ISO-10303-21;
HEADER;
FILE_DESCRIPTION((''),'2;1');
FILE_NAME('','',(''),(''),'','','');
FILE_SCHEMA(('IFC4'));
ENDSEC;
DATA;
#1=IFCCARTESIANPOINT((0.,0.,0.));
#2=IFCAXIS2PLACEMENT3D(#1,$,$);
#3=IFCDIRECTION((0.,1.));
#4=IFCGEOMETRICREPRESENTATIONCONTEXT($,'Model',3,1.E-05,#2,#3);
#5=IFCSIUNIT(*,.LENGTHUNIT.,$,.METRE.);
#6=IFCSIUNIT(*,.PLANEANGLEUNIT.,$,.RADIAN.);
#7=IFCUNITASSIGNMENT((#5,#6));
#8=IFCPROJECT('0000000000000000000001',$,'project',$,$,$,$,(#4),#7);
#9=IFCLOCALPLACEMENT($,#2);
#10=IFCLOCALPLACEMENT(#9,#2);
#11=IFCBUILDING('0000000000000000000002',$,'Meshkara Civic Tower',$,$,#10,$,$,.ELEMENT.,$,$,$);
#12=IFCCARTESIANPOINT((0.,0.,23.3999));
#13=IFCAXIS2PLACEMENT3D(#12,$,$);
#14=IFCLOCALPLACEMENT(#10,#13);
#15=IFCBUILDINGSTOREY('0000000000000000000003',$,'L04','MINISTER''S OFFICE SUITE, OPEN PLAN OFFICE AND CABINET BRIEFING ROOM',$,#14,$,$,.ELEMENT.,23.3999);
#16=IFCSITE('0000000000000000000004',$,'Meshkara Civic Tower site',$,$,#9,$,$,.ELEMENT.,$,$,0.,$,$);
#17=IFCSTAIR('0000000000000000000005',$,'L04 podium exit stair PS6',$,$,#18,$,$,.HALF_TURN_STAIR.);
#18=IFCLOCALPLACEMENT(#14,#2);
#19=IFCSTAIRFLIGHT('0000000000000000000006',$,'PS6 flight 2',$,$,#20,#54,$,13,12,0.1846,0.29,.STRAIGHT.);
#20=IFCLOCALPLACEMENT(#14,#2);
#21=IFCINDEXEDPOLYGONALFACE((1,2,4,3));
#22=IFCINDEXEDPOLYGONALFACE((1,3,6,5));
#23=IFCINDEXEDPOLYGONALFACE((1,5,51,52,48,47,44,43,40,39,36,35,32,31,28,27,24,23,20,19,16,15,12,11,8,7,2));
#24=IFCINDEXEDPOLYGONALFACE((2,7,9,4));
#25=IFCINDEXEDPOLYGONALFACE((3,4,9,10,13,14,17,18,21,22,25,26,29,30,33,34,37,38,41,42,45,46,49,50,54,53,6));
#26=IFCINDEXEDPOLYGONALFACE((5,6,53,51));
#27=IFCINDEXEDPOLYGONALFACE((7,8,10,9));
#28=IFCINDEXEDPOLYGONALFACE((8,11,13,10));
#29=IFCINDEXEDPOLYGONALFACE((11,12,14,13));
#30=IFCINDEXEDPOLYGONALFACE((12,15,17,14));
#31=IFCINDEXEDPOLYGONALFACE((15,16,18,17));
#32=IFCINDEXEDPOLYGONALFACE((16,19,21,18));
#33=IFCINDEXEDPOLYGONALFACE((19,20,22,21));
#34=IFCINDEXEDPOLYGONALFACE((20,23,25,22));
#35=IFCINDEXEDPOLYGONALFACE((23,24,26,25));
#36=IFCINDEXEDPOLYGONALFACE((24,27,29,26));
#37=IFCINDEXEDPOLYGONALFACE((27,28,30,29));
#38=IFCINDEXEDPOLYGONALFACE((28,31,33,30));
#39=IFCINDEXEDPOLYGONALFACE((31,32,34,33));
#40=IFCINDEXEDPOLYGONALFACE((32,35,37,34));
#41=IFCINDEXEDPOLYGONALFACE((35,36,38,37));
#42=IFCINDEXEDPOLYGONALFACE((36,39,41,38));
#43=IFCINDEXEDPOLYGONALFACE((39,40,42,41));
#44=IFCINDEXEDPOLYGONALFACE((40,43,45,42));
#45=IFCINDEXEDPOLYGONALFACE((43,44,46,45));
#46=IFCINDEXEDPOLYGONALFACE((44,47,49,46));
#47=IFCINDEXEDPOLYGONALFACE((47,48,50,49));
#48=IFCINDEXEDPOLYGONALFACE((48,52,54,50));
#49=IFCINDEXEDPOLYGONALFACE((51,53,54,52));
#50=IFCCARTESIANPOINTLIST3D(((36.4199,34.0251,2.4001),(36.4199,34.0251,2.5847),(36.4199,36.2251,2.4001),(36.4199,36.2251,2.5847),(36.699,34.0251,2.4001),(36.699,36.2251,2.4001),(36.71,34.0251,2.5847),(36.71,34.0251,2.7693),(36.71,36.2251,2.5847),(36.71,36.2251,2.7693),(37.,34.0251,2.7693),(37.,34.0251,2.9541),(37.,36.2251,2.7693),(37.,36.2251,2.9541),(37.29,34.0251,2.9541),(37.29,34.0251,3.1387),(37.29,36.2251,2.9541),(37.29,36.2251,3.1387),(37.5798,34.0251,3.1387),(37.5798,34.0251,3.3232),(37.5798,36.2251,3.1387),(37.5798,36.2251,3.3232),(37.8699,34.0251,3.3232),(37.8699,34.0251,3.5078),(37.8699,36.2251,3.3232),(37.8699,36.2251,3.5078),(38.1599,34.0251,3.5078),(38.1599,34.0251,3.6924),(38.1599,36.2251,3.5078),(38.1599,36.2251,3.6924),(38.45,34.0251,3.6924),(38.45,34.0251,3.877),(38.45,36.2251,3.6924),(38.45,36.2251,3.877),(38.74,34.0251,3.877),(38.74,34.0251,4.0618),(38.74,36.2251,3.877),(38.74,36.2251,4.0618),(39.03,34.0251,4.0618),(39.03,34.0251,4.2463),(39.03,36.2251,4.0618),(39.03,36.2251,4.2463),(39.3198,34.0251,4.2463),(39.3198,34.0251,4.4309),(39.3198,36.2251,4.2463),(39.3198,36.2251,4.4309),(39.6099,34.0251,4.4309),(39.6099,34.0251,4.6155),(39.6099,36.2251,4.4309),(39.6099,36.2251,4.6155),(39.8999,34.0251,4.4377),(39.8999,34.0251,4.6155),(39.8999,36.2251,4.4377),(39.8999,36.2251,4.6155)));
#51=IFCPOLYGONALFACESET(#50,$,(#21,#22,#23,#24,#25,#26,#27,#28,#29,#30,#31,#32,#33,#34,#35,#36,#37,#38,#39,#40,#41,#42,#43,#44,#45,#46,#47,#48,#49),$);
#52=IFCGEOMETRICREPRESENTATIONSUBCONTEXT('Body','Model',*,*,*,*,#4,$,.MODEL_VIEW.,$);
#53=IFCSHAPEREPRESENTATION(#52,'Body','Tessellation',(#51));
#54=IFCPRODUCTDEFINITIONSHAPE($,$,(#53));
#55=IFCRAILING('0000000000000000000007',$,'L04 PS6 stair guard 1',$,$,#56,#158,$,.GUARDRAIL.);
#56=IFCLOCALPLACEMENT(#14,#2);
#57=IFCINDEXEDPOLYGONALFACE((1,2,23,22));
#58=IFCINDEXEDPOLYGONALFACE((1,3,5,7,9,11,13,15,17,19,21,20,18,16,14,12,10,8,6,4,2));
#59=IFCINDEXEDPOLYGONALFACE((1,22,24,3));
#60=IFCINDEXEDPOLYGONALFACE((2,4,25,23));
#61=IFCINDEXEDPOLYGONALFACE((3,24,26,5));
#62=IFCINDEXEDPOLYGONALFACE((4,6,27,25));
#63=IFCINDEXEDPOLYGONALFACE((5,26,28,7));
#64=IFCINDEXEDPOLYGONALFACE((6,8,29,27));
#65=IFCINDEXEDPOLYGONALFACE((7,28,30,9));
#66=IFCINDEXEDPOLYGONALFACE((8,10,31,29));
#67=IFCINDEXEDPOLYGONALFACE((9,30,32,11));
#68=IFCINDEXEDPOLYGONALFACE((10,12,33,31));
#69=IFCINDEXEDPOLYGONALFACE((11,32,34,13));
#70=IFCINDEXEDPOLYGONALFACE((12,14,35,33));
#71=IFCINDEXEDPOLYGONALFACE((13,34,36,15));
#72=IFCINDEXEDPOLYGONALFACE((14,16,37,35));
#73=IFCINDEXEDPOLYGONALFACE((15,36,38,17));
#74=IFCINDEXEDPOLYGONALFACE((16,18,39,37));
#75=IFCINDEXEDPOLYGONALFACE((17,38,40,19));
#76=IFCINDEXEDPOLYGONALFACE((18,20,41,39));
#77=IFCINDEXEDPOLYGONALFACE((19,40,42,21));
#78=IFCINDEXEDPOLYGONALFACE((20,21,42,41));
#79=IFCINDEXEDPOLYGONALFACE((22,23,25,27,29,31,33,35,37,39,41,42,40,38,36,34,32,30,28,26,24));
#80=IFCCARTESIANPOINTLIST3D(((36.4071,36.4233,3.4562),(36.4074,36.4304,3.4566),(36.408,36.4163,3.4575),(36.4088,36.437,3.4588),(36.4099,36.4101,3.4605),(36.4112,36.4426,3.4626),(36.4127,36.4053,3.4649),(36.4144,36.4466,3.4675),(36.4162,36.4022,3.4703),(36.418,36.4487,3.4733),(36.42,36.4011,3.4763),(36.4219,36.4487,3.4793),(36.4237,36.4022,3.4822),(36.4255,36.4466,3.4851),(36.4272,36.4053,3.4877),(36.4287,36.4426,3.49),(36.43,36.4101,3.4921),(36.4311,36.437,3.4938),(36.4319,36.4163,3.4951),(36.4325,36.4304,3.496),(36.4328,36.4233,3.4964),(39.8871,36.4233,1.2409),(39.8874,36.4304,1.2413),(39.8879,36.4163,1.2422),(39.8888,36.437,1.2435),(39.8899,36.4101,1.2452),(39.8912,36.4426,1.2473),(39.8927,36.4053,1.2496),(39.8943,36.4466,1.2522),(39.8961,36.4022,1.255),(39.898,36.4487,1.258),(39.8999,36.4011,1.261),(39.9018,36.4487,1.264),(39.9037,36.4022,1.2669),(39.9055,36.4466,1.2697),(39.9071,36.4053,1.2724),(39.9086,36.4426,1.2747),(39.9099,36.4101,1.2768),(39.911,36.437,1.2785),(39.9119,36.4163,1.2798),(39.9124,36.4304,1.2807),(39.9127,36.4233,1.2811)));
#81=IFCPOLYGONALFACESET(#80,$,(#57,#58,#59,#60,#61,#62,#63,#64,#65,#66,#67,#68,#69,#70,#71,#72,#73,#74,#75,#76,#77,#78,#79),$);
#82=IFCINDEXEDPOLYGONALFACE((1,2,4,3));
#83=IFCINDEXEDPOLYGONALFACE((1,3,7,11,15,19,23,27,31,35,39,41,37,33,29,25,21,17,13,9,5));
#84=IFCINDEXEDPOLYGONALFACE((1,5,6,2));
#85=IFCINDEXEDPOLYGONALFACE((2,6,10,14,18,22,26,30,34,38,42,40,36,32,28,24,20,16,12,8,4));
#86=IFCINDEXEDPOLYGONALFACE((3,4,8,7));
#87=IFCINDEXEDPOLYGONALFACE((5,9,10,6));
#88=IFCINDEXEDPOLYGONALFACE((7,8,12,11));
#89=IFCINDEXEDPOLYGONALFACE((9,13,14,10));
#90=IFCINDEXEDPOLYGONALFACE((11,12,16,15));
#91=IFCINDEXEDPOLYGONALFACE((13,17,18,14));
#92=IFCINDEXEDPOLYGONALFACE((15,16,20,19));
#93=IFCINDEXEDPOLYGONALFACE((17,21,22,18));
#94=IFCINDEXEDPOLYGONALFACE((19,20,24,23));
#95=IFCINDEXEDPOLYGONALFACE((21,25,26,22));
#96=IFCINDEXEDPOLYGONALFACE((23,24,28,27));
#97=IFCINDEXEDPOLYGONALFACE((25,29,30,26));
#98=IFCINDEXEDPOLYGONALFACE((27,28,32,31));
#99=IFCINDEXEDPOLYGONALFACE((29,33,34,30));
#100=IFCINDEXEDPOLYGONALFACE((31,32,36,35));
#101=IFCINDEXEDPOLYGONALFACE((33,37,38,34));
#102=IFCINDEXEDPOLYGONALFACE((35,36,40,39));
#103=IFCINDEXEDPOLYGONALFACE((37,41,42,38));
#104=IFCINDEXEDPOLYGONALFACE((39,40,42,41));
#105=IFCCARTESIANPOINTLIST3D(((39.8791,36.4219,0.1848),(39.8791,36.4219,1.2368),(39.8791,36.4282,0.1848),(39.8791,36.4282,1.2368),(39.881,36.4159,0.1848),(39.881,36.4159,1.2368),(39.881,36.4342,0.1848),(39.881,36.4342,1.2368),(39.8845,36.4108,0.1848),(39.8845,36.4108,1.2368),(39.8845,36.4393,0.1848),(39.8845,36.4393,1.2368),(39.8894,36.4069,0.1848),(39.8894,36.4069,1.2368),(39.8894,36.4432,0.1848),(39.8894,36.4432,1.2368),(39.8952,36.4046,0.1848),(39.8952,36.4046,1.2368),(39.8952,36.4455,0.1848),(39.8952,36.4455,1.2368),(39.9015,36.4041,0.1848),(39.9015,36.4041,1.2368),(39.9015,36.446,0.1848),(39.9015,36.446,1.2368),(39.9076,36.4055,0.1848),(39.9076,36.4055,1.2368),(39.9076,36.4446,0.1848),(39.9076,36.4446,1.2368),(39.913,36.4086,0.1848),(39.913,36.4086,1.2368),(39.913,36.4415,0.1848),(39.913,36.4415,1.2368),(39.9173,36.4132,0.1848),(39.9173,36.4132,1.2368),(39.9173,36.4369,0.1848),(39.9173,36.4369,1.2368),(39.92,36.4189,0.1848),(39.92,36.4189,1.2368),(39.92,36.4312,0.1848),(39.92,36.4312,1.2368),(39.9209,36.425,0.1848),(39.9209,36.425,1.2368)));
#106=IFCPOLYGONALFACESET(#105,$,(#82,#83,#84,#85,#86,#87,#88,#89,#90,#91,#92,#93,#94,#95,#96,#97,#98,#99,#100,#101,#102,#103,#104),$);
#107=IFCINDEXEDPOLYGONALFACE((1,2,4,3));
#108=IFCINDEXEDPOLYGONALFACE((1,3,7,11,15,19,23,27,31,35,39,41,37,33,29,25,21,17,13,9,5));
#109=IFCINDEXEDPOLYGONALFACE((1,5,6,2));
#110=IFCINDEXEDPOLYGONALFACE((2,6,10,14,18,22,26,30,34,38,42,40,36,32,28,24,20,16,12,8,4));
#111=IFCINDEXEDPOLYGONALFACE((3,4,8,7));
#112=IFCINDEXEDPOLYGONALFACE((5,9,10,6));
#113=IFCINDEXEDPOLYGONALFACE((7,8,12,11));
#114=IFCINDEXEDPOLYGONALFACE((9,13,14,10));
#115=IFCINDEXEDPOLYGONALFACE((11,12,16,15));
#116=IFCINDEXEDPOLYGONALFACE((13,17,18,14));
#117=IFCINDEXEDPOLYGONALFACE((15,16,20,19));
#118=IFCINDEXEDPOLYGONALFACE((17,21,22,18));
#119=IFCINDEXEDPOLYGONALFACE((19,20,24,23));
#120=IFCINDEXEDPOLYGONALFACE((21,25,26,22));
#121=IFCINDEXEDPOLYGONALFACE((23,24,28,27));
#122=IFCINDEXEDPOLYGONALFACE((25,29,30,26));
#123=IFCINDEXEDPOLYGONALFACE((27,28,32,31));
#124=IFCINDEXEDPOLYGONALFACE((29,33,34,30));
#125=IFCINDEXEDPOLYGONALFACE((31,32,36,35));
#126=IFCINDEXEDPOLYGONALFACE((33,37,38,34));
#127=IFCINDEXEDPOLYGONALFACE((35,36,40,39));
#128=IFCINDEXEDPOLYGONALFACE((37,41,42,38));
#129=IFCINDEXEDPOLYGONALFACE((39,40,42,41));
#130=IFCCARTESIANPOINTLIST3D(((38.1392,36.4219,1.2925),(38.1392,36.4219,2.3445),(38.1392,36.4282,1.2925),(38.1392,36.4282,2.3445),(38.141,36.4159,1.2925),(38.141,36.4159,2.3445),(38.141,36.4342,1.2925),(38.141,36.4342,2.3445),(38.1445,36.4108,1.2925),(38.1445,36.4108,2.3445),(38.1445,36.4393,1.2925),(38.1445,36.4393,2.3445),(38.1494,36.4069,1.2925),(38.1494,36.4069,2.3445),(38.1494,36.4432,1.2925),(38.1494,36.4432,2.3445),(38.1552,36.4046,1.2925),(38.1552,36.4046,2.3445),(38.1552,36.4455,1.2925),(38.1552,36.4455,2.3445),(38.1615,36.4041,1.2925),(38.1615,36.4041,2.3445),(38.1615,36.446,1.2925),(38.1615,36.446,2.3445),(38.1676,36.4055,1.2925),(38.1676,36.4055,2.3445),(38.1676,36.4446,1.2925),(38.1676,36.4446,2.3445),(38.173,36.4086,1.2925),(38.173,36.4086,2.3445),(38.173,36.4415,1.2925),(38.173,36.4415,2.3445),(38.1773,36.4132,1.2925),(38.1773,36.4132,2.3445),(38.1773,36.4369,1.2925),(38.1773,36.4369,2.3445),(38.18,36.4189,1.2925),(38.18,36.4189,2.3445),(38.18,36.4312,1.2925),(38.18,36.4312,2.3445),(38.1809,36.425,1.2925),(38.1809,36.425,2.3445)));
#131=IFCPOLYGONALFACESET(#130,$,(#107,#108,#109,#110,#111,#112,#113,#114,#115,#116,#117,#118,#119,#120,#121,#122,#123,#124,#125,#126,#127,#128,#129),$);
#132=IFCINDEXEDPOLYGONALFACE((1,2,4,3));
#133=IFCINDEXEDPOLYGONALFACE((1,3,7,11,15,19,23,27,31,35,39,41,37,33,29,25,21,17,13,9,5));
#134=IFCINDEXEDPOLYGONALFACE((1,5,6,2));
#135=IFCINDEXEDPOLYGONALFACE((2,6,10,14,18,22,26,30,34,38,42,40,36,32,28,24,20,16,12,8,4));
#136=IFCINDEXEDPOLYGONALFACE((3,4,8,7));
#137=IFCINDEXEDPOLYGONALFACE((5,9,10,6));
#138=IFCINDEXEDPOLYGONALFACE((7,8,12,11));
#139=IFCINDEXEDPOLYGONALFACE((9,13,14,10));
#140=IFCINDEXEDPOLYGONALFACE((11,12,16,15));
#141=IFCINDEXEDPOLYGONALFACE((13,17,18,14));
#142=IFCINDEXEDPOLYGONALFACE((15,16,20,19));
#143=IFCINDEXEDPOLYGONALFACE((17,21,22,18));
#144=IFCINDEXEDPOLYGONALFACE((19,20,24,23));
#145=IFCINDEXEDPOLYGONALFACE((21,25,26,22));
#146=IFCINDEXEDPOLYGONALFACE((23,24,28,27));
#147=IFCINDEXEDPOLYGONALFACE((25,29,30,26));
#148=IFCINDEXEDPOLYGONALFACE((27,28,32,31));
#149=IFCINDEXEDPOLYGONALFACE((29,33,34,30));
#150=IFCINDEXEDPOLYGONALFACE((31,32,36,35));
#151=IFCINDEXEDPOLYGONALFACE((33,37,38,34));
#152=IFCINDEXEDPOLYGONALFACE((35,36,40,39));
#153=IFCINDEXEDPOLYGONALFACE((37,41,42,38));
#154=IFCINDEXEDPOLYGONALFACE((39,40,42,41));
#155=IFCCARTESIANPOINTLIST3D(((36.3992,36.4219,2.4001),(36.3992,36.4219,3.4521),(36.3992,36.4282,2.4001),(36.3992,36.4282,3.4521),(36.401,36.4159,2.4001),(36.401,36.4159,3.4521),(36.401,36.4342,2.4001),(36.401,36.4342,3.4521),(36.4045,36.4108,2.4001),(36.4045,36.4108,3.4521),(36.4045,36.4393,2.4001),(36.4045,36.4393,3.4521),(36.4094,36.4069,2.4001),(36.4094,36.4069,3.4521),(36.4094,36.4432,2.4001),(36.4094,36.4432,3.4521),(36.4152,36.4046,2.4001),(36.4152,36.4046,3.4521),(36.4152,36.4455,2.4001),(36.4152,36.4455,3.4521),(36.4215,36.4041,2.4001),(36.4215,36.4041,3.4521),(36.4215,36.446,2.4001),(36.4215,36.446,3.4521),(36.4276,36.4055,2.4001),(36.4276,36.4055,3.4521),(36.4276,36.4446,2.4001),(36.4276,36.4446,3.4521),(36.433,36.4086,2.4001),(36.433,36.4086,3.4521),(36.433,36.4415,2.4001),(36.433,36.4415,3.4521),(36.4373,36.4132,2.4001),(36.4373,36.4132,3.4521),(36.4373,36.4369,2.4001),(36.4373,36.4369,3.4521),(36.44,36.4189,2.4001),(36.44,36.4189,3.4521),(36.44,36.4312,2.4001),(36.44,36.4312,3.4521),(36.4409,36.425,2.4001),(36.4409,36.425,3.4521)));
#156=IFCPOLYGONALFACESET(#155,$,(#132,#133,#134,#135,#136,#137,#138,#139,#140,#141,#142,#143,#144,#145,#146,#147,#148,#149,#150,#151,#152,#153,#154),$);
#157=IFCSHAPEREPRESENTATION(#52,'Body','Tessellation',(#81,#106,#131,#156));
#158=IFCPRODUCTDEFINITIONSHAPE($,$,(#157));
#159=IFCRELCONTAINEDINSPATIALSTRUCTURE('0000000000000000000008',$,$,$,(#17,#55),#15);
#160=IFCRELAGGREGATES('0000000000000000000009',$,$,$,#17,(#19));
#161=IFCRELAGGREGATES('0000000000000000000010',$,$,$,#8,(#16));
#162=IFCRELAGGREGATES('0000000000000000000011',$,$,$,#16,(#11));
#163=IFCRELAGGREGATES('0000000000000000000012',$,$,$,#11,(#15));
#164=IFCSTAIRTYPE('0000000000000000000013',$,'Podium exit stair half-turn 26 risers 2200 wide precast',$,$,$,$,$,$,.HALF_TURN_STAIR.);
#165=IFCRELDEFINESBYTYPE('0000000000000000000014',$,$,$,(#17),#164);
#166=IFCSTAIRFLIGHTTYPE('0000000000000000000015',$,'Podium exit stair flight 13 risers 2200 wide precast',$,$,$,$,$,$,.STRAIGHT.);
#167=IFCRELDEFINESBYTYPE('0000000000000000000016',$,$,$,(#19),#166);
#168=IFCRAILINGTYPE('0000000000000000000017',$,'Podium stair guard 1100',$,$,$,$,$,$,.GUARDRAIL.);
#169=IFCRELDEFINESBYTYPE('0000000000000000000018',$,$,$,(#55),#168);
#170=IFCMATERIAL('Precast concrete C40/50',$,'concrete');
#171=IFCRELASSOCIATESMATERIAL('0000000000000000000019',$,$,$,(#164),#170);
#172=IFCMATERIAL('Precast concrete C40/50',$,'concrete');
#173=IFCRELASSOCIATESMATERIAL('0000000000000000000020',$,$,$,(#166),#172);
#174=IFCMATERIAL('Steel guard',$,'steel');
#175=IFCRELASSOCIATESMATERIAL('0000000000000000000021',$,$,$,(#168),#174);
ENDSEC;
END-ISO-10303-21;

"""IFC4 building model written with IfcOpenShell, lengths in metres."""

from ifc_helpers import new_model, si_unit, direction, frame, origin, origin_2d, place, context, subcontext, project, spatial, polyline, circle, outline, extrude, material, type_object, element, aggregate, save


model = new_model("IFC4")

# Units and contexts
model_context = context("Model", 3, precision=1e-05, world=origin(), true_north=direction((0.0, 1.0)))
body_context = subcontext(model_context, "Body", "Model", "MODEL_VIEW")
ifc_project = project(units=[si_unit("LENGTHUNIT", "METRE"), si_unit("PLANEANGLEUNIT", "RADIAN")], contexts=[model_context])

# Site, building, storey
site_placement = place(None, origin())
site = spatial("IfcSite", under=ifc_project, at=site_placement, Name="Meshkara Civic Tower site", CompositionType="ELEMENT", RefElevation=0.0)
building_placement = place(site_placement, origin())
building = spatial("IfcBuilding", under=site, at=building_placement, Name="Meshkara Civic Tower", CompositionType="ELEMENT")
storey_placement = place(building_placement, frame((0.0, 0.0, 23.3999)))
storey = spatial("IfcBuildingStorey", under=building, at=storey_placement, Name="L04", Description="MINISTER'S OFFICE SUITE, OPEN PLAN OFFICE AND CABINET BRIEFING ROOM", CompositionType="ELEMENT", Elevation=23.3999)

# Stair, stair flight
ifc_material_1 = material(Name="Precast concrete C40/50", Category="concrete")
stair_type = type_object("IfcStairType", Name="Podium exit stair half-turn 26 risers 2200 wide precast", PredefinedType="HALF_TURN_STAIR", material=ifc_material_1)
stair_placement = place(storey_placement, origin())
stair = element("IfcStair", 1, at=stair_placement, inside=storey, type_object=stair_type, Name="L04 podium exit stair PS6", PredefinedType="HALF_TURN_STAIR")
ifc_material_2 = material(Name="Precast concrete C40/50", Category="concrete")
stair_flight_type = type_object("IfcStairFlightType", Name="Podium exit stair flight 13 risers 2200 wide precast", PredefinedType="STRAIGHT", material=ifc_material_2)
stair_flight_1_placement = place(storey_placement, frame((36.4199, 35.125, 2.4001), z_axis=(0.0, 0.0, 1.0), x_axis=(1.0, 0.0, 0.0)))
stair_flight_1 = element("IfcStairFlight", 2, at=stair_flight_1_placement, type_object=stair_flight_type, Name="PS6 flight 2", NumberOfRisers=13, NumberOfTreads=12, PredefinedType="STRAIGHT", RiserHeight=0.1846, TreadLength=0.29, context=body_context, shape_type="SweptSolid", body=[
    extrude(outline(polyline([(0.0, 0.0), (0.0, 0.1846), (0.29, 0.1846), (0.29, 0.3691), (0.5801, 0.3691), (0.5801, 0.554), (0.8701, 0.554), (0.8701, 0.7385), (1.1599, 0.7385), (1.1599, 0.9231), (1.45, 0.9231), (1.45, 1.1077), (1.74, 1.1077), (1.74, 1.2922), (2.03, 1.2922), (2.03, 1.4768), (2.3201, 1.4768), (2.3201, 1.6616), (2.6101, 1.6616), (2.6101, 1.8462), (2.8999, 1.8462), (2.8999, 2.0308), (3.1899, 2.0308), (3.1899, 2.2153), (3.48, 2.2153), (3.48, 2.3999), (3.48, 2.0376), (0.2791, 0.0), (0.0, 0.0)])), frame((0.0, 1.1001, 0.0), z_axis=(0.0, -1.0, 0.0), x_axis=(1.0, 0.0, 0.0)), (0.0, 0.0, 1.0), 2.2),
])
aggregate(stair, [stair_flight_1])

# Railing
ifc_material_3 = material(Name="Steel guard", Category="steel")
railing_type_1 = type_object("IfcRailingType", Name="Podium stair guard 1100", PredefinedType="GUARDRAIL", material=ifc_material_3)
railing_1_placement = place(storey_placement, frame((39.8999, 36.425, 0.1848)))
element("IfcRailing", 3, at=railing_1_placement, inside=storey, type_object=railing_type_1, Name="L04 PS6 stair guard 1", PredefinedType="GUARDRAIL", context=body_context, shape_type="SweptSolid", body=[
    extrude(circle(Radius=0.0239, at=origin_2d()), frame((0.0, 0.0, 1.0762), z_axis=(-0.843574, 0.0, 0.537013), x_axis=(0.0, -1.0, 0.0)), (0.0, 0.0, 1.0), 4.1252),
    extrude(circle(Radius=0.021, at=origin_2d()), origin(), (0.0, 0.0, 1.0), 1.052),
    extrude(circle(Radius=0.021, at=origin_2d()), frame((-1.74, 0.0, 1.1077)), (0.0, 0.0, 1.0), 1.052),
    extrude(circle(Radius=0.021, at=origin_2d()), frame((-3.48, 0.0, 2.2153)), (0.0, 0.0, 1.0), 1.052),
])

save(model, "model.ifc")
